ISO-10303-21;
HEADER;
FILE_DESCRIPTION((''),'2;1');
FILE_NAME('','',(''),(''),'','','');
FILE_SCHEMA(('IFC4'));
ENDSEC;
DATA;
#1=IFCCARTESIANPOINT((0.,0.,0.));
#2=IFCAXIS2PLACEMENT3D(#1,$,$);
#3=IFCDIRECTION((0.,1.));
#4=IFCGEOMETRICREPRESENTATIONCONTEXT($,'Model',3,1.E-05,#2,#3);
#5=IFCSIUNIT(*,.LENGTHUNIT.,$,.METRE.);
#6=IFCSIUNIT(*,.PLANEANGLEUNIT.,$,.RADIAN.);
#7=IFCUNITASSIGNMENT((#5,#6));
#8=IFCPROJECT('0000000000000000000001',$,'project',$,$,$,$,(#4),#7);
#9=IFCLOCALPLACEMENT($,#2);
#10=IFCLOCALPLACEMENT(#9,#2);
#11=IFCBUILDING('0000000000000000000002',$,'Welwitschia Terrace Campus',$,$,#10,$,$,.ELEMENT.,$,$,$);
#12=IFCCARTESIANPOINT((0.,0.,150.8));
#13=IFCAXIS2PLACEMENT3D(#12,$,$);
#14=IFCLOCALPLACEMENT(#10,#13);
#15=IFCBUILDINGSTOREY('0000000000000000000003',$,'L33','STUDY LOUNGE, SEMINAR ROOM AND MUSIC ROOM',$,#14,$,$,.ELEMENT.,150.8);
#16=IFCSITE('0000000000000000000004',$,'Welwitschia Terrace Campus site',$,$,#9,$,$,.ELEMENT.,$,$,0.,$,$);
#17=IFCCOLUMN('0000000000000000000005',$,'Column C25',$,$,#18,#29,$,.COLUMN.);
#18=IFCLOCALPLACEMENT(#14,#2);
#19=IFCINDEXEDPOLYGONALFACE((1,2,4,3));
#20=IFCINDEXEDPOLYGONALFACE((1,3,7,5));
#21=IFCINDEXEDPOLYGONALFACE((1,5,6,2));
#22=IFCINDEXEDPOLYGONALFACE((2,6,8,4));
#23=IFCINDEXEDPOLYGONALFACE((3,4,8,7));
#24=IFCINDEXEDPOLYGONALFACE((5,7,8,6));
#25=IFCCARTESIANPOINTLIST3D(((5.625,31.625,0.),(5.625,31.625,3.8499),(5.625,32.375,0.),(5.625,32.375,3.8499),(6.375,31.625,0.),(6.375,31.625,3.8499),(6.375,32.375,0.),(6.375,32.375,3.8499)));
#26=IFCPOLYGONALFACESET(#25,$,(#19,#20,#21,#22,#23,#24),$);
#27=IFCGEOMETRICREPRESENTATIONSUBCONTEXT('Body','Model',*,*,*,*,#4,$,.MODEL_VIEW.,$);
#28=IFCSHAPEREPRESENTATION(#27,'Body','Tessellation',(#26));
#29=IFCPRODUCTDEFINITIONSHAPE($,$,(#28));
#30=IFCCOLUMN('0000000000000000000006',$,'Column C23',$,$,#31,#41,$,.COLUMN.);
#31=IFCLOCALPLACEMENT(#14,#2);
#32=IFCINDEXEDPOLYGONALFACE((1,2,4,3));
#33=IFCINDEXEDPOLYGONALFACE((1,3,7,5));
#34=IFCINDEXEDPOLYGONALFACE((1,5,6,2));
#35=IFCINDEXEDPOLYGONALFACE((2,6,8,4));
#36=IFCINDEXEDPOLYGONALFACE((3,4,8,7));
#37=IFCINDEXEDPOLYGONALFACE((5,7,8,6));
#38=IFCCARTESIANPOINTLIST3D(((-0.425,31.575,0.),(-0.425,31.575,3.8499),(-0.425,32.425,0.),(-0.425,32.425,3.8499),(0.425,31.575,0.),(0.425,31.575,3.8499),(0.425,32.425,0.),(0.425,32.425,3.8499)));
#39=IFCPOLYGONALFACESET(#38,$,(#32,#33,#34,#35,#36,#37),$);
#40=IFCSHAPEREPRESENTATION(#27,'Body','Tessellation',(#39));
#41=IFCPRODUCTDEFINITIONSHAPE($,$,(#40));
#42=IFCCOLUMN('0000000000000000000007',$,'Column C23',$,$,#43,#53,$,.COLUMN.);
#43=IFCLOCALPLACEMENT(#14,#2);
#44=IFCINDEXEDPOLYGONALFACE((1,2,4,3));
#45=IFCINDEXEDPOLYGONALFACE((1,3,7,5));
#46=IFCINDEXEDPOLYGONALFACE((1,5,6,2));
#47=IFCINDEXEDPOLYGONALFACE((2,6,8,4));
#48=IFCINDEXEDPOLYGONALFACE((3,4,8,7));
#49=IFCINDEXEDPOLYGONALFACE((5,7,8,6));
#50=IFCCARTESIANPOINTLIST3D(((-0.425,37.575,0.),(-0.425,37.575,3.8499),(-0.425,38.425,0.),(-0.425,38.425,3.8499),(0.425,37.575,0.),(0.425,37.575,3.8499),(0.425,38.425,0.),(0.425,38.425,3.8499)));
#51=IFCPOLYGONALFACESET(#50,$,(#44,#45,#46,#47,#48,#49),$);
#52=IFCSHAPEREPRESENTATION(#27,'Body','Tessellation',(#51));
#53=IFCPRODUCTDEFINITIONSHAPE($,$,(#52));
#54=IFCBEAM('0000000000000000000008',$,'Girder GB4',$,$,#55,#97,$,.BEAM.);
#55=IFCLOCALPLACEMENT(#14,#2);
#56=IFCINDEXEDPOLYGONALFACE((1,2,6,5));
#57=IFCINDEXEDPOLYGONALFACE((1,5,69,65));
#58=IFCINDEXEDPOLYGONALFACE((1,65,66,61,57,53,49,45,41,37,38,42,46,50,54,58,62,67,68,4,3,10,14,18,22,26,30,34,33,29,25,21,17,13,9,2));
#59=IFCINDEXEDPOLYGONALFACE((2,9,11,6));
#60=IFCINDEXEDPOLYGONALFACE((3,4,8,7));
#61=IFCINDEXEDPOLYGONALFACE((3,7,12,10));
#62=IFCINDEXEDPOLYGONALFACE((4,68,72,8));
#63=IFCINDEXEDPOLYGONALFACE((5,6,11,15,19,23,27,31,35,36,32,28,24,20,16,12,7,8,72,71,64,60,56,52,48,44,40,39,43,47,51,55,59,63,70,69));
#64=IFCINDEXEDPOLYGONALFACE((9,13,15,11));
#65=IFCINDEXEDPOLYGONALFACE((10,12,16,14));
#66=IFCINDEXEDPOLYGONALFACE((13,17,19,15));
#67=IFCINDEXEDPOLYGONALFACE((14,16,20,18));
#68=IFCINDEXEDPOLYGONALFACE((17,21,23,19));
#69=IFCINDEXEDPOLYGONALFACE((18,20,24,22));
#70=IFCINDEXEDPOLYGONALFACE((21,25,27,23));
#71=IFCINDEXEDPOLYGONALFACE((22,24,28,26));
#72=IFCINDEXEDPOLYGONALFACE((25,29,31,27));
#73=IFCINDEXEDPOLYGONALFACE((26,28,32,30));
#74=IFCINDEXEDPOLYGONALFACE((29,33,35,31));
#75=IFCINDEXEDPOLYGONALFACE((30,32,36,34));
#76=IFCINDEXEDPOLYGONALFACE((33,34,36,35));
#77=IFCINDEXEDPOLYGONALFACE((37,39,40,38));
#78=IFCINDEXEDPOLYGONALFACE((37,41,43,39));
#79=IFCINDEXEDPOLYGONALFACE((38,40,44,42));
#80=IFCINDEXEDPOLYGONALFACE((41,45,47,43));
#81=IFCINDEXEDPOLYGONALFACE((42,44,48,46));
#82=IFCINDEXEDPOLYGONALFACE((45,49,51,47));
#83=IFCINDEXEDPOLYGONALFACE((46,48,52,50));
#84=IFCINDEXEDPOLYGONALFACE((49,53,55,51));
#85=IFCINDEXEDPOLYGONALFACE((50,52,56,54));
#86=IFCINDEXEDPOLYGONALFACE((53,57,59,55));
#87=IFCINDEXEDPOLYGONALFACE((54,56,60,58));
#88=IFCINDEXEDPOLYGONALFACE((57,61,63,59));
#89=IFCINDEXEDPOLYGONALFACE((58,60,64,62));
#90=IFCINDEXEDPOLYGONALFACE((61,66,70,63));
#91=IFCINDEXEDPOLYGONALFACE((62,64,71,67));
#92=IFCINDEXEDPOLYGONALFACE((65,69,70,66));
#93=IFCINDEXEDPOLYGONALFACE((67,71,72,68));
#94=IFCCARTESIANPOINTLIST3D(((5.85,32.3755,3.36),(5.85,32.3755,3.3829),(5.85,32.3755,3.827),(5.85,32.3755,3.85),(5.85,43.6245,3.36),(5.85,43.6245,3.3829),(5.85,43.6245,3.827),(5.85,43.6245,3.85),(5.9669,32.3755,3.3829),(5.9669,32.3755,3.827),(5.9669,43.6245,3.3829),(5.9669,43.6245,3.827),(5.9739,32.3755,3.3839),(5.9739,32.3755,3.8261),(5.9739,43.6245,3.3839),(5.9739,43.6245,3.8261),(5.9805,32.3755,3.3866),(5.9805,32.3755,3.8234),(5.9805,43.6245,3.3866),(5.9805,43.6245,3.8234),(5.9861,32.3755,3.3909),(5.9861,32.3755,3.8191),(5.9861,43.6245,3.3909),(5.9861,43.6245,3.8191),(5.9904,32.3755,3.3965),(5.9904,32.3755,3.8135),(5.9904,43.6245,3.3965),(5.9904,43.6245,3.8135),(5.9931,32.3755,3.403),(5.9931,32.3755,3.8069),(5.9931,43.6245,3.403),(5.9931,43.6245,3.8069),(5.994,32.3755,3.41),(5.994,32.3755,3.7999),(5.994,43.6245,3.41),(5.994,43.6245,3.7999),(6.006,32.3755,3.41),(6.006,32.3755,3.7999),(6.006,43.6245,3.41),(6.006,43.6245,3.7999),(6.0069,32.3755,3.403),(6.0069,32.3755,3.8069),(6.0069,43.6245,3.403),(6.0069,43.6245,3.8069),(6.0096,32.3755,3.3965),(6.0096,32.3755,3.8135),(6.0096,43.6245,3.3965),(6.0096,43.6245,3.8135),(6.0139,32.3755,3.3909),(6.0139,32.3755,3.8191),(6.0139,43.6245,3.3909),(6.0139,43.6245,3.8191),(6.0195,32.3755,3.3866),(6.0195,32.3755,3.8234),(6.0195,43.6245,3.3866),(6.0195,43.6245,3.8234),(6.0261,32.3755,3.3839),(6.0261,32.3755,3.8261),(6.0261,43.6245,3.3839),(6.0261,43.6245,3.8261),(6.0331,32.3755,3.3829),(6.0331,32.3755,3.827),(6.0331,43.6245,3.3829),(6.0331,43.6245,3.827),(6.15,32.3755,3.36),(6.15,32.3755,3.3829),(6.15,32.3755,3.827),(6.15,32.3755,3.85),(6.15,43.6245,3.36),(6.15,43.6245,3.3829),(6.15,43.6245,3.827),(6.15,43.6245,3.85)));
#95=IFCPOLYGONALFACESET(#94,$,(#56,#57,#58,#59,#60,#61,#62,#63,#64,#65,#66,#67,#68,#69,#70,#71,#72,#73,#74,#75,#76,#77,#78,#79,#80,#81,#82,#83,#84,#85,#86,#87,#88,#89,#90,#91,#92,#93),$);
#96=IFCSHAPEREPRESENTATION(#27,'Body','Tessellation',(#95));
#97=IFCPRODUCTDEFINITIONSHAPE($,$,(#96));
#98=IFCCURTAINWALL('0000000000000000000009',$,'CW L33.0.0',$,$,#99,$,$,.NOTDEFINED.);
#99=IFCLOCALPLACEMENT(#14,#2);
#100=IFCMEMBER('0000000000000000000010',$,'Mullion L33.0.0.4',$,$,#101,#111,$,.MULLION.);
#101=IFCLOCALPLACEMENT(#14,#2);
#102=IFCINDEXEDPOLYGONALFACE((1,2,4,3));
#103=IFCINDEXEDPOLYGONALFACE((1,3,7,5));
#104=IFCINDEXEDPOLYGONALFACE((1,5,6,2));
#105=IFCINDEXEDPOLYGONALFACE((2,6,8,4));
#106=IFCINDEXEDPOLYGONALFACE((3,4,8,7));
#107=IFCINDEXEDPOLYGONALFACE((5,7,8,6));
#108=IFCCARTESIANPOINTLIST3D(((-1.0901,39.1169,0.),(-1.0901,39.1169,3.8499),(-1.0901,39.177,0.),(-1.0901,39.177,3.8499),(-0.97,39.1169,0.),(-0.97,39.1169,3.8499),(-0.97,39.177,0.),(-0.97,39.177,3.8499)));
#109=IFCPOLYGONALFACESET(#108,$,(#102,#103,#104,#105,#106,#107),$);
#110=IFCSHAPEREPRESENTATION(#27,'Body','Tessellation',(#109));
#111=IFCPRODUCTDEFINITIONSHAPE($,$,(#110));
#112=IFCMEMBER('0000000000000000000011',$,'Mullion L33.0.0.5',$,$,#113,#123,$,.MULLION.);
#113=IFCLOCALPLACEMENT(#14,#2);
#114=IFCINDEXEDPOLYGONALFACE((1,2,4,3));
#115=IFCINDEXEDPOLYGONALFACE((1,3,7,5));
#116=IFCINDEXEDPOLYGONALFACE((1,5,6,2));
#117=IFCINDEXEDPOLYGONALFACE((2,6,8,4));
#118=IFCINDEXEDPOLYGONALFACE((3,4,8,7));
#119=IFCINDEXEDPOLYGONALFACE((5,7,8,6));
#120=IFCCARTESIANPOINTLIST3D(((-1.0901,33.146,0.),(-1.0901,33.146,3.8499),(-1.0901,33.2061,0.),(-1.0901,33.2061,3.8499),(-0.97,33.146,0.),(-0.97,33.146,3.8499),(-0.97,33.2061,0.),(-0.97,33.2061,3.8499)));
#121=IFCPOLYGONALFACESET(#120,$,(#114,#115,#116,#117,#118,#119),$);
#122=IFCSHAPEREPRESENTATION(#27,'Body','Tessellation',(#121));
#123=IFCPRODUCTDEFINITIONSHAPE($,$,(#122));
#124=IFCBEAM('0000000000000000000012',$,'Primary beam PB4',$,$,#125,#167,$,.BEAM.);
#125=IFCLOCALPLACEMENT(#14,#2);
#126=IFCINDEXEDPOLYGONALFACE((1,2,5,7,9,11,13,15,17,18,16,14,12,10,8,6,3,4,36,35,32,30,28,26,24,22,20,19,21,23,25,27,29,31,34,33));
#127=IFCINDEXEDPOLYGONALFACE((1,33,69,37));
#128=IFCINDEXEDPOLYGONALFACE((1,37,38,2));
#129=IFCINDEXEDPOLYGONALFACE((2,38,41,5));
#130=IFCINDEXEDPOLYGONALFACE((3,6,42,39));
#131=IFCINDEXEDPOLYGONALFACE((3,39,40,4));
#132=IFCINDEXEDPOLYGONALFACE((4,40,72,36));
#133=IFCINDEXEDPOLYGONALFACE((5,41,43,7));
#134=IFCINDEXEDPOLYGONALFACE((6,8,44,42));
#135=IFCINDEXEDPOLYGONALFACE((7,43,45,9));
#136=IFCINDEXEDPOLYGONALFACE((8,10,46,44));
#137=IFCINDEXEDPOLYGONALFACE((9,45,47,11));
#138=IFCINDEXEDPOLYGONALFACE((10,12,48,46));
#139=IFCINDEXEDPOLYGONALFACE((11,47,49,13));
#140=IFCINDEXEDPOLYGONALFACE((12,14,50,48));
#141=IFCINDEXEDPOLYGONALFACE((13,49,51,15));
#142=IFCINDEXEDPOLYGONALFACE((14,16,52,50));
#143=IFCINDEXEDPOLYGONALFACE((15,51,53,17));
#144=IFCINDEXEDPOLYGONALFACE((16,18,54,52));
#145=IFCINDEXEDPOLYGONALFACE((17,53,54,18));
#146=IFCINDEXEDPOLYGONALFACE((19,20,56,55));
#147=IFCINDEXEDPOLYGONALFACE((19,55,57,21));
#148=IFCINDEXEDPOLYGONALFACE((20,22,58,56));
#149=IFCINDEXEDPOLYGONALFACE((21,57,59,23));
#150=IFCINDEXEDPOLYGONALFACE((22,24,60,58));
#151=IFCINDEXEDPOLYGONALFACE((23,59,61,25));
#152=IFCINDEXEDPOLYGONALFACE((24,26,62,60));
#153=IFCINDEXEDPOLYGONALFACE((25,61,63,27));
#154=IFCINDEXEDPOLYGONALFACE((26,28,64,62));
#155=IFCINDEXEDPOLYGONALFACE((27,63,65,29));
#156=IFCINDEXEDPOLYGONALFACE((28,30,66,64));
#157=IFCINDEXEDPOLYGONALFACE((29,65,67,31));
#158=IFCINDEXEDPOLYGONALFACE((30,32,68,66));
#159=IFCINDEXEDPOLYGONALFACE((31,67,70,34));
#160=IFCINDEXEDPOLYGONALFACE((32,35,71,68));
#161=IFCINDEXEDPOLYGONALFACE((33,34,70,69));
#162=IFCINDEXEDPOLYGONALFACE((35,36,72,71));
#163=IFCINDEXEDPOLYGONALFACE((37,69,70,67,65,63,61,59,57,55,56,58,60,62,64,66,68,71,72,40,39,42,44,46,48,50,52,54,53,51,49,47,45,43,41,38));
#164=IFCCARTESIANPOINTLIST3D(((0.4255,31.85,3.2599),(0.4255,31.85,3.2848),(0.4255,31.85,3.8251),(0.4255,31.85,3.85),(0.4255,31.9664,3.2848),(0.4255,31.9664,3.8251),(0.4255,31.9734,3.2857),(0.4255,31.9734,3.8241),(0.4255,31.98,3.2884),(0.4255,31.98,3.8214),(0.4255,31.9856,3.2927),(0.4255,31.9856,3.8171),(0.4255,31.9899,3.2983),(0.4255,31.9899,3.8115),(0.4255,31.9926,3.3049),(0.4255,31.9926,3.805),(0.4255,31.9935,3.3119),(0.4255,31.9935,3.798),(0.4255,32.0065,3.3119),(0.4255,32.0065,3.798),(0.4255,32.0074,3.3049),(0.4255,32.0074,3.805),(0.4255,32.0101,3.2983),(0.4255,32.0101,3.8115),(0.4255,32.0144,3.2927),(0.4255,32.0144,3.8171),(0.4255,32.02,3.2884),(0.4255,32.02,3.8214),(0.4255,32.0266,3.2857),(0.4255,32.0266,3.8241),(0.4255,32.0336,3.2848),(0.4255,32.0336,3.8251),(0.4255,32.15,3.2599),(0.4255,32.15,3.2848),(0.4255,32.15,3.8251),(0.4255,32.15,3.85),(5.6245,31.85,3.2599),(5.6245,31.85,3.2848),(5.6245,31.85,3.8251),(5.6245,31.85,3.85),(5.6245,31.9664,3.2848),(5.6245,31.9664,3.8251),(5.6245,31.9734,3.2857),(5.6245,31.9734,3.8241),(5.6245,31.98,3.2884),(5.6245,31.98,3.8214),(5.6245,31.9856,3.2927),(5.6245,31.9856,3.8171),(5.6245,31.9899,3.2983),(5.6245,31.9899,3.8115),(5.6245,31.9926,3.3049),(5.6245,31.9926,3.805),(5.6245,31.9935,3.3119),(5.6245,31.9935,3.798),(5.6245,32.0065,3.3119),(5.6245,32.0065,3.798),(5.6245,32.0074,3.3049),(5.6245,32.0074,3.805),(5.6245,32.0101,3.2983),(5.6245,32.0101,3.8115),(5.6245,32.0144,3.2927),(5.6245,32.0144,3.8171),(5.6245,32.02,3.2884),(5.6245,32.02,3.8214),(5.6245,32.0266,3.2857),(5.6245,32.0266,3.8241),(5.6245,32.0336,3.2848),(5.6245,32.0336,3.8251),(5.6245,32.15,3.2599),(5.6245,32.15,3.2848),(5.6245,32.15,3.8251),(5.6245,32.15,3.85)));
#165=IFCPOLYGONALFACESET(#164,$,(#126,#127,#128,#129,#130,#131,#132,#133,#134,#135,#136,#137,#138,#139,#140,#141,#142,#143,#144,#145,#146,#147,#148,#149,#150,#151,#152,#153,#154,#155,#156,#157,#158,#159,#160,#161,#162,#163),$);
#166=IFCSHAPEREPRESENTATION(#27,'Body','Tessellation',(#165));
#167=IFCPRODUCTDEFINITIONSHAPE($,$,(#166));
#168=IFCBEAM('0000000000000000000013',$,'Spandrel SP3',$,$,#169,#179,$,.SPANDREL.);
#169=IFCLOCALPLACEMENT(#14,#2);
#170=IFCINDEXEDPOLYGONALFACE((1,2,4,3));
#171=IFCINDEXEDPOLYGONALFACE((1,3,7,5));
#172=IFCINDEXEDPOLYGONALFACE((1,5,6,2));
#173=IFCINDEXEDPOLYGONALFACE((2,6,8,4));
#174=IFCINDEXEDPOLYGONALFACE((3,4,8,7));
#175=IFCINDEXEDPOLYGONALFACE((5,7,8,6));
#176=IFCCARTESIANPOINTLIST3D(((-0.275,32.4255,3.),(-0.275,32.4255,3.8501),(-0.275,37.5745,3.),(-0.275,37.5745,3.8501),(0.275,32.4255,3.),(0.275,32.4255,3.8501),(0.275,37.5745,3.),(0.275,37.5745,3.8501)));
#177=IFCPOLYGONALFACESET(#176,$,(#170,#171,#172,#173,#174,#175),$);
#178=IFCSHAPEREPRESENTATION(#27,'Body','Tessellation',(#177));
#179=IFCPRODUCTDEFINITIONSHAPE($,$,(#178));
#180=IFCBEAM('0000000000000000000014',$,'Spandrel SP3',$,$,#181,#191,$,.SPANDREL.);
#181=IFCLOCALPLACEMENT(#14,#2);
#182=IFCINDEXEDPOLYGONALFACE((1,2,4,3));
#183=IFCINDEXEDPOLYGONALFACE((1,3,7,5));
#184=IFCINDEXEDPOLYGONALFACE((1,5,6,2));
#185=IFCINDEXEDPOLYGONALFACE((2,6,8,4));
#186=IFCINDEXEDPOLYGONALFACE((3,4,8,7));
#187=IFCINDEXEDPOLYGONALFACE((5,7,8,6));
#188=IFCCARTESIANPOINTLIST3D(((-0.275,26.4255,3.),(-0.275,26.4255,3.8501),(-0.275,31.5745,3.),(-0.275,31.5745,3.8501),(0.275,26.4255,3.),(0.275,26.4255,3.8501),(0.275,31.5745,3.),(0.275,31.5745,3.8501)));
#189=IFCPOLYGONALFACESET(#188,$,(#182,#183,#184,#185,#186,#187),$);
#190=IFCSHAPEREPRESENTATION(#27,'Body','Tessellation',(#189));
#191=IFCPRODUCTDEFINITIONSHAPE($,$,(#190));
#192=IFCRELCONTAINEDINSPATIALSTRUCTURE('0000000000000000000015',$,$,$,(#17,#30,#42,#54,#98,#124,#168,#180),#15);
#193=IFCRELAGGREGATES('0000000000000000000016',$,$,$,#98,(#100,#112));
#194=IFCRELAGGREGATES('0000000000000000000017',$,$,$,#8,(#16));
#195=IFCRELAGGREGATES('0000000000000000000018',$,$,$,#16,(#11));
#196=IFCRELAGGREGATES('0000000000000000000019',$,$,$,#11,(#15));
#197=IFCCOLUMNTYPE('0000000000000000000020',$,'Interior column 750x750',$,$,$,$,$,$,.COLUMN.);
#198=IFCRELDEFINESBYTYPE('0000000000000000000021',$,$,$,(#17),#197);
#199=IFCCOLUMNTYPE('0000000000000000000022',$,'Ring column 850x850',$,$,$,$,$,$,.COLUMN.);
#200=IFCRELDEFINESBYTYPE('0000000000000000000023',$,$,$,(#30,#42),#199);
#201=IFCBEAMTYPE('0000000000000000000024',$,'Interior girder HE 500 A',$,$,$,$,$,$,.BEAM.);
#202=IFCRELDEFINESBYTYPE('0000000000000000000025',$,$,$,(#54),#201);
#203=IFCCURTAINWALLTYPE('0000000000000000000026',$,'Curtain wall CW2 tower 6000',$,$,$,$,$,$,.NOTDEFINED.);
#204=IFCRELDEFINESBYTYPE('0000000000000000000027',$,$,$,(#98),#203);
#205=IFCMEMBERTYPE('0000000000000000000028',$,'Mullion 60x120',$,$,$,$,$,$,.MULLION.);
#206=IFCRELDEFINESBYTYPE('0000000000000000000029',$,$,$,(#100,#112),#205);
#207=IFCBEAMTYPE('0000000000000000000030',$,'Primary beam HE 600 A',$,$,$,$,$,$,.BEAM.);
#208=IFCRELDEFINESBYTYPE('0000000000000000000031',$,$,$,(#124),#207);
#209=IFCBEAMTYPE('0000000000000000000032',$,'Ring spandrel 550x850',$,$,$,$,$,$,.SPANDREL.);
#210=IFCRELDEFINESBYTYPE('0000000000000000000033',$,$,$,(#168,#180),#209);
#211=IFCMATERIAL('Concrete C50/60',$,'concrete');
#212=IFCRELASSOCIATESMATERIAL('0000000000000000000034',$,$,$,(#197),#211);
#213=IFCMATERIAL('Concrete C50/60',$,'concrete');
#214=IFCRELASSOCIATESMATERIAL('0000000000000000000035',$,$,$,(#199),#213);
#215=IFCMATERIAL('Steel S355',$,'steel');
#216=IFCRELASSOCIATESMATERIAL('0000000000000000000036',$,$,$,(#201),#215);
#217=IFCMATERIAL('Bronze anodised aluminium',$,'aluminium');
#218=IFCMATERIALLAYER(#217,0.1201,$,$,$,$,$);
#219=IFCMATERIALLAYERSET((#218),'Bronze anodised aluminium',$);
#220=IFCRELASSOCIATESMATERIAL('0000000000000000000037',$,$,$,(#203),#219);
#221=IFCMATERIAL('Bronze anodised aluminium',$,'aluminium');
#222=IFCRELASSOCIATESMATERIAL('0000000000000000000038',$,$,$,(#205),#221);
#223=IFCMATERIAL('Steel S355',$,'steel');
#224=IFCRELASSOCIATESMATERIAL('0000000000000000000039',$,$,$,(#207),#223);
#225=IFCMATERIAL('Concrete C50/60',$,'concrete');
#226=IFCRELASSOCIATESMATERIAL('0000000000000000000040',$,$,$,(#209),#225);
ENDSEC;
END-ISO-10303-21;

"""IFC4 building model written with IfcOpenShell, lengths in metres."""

from ifc_helpers import new_model, si_unit, direction, frame, origin, origin_2d, place, context, subcontext, project, spatial, rectangle, i_section, extrude, material, layer, layer_set, material_profile, profile_set, type_object, element, aggregate, save


model = new_model("IFC4")

# Units and contexts
model_context = context("Model", 3, precision=1e-05, world=origin(), true_north=direction((0.0, 1.0)))
body_context = subcontext(model_context, "Body", "Model", "MODEL_VIEW")
ifc_project = project(units=[si_unit("LENGTHUNIT", "METRE"), si_unit("PLANEANGLEUNIT", "RADIAN")], contexts=[model_context])

# Site, building, storey
site_placement = place(None, origin())
site = spatial("IfcSite", under=ifc_project, at=site_placement, Name="Welwitschia Terrace Campus site", CompositionType="ELEMENT", RefElevation=0.0)
building_placement = place(site_placement, origin())
building = spatial("IfcBuilding", under=site, at=building_placement, Name="Welwitschia Terrace Campus", CompositionType="ELEMENT")
storey_placement = place(building_placement, frame((0.0, 0.0, 150.8)))
storey = spatial("IfcBuildingStorey", under=building, at=storey_placement, Name="L33", Description="STUDY LOUNGE, SEMINAR ROOM AND MUSIC ROOM", CompositionType="ELEMENT", Elevation=150.8)

# Columns
ifc_material_1 = material(Name="Concrete C50/60", Category="concrete")
ifc_material_profile_1 = material_profile(ifc_material_1, rectangle(XDim=0.75, YDim=0.75, at=origin_2d()))
ifc_profile_set_1 = profile_set([ifc_material_profile_1], Name="Concrete C50/60")
column_type_1 = type_object("IfcColumnType", Name="Interior column 750x750", PredefinedType="COLUMN", material=ifc_profile_set_1)
column_placement = place(storey_placement, frame((6.0, 32.0, 0.0), z_axis=(0.0, 0.0, 1.0), x_axis=(1.0, 0.0, 0.0)))
element("IfcColumn", 1, at=column_placement, inside=storey, type_object=column_type_1, Name="Column C25", PredefinedType="COLUMN", context=body_context, shape_type="SweptSolid", body=[
    extrude(rectangle(XDim=0.75, YDim=0.75, at=origin_2d()), origin(), (0.0, 0.0, 1.0), 3.8499),
])
ifc_material_2 = material(Name="Concrete C50/60", Category="concrete")
ifc_material_profile_2 = material_profile(ifc_material_2, rectangle(XDim=0.8501, YDim=0.8501, at=origin_2d()))
ifc_profile_set_2 = profile_set([ifc_material_profile_2], Name="Concrete C50/60")
column_type_2 = type_object("IfcColumnType", Name="Ring column 850x850", PredefinedType="COLUMN", material=ifc_profile_set_2)
for number, where, z_axis, x_axis, name in (
    (2, (0.0, 32.0, 0.0), (0.0, 0.0, 1.0), (1.0, 0.0, 0.0), "Column C23"),
    (3, (0.0, 38.0, 0.0), (0.0, 0.0, 1.0), (1.0, 0.0, 0.0), "Column C23"),
):
    element("IfcColumn", number, at=place(storey_placement, frame(where, z_axis=z_axis, x_axis=x_axis)), inside=storey, type_object=column_type_2, Name=name, PredefinedType="COLUMN", context=body_context, shape_type="SweptSolid", body=[
        extrude(rectangle(XDim=0.8501, YDim=0.8501, at=origin_2d()), origin(), (0.0, 0.0, 1.0), 3.8499),
    ])

# Beam
ifc_material_3 = material(Name="Steel S355", Category="steel")
ifc_material_profile_3 = material_profile(ifc_material_3, i_section(OverallWidth=0.3, OverallDepth=0.49, WebThickness=0.012, FlangeThickness=0.0229, FilletRadius=0.0271, at=origin_2d()))
ifc_profile_set_3 = profile_set([ifc_material_profile_3], Name="Steel S355")
beam_type_1 = type_object("IfcBeamType", Name="Interior girder HE 500 A", PredefinedType="BEAM", material=ifc_profile_set_3)
beam_1_placement = place(storey_placement, frame((6.0, 32.3755, 3.605), z_axis=(0.0, 1.0, 0.0), x_axis=(-1.0, 0.0, 0.0)))
element("IfcBeam", 4, at=beam_1_placement, inside=storey, type_object=beam_type_1, Name="Girder GB4", PredefinedType="BEAM", context=body_context, shape_type="SweptSolid", body=[
    extrude(i_section(OverallWidth=0.3, OverallDepth=0.49, WebThickness=0.012, FlangeThickness=0.0229, FilletRadius=0.0271, at=origin_2d()), origin(), (0.0, 0.0, 1.0), 11.249),
])

# Curtain wall, members
ifc_material_4 = material(Name="Bronze anodised aluminium", Category="aluminium")
ifc_layer_1 = layer(ifc_material_4, 0.1201)
ifc_layer_set_1 = layer_set([ifc_layer_1], Name="Bronze anodised aluminium")
curtain_wall_type = type_object("IfcCurtainWallType", Name="Curtain wall CW2 tower 6000", PredefinedType="NOTDEFINED", material=ifc_layer_set_1)
curtain_wall_placement = place(storey_placement, origin())
curtain_wall = element("IfcCurtainWall", 5, at=curtain_wall_placement, inside=storey, type_object=curtain_wall_type, Name="CW L33.0.0", PredefinedType="NOTDEFINED")
ifc_material_5 = material(Name="Bronze anodised aluminium", Category="aluminium")
ifc_material_profile_4 = material_profile(ifc_material_5, rectangle(XDim=0.1201, YDim=0.0601, at=origin_2d()))
ifc_profile_set_4 = profile_set([ifc_material_profile_4], Name="Bronze anodised aluminium")
member_type = type_object("IfcMemberType", Name="Mullion 60x120", PredefinedType="MULLION", material=ifc_profile_set_4)
member_1_placement = place(storey_placement, frame((-1.03, 39.147, 0.0), z_axis=(0.0, 0.0, 1.0), x_axis=(1.0, 0.0, 0.0)))
member_1 = element("IfcMember", 6, at=member_1_placement, type_object=member_type, Name="Mullion L33.0.0.4", PredefinedType="MULLION", context=body_context, shape_type="SweptSolid", body=[
    extrude(rectangle(XDim=0.1201, YDim=0.0601, at=origin_2d()), origin(), (0.0, 0.0, 1.0), 3.8499),
])
member_2_placement = place(storey_placement, frame((-1.03, 33.176, 0.0), z_axis=(0.0, 0.0, 1.0), x_axis=(1.0, 0.0, 0.0)))
member_2 = element("IfcMember", 7, at=member_2_placement, type_object=member_type, Name="Mullion L33.0.0.5", PredefinedType="MULLION", context=body_context, shape_type="SweptSolid", body=[
    extrude(rectangle(XDim=0.1201, YDim=0.0601, at=origin_2d()), origin(), (0.0, 0.0, 1.0), 3.8499),
])

# Beams
ifc_material_6 = material(Name="Steel S355", Category="steel")
ifc_material_profile_5 = material_profile(ifc_material_6, i_section(OverallWidth=0.3, OverallDepth=0.5901, WebThickness=0.0129, FlangeThickness=0.0249, FilletRadius=0.0271, at=origin_2d()))
ifc_profile_set_5 = profile_set([ifc_material_profile_5], Name="Steel S355")
beam_type_2 = type_object("IfcBeamType", Name="Primary beam HE 600 A", PredefinedType="BEAM", material=ifc_profile_set_5)
beam_2_placement = place(storey_placement, frame((0.4255, 32.0, 3.5549), z_axis=(1.0, 0.0, 0.0), x_axis=(0.0, 1.0, 0.0)))
element("IfcBeam", 8, at=beam_2_placement, inside=storey, type_object=beam_type_2, Name="Primary beam PB4", PredefinedType="BEAM", context=body_context, shape_type="SweptSolid", body=[
    extrude(i_section(OverallWidth=0.3, OverallDepth=0.5901, WebThickness=0.0129, FlangeThickness=0.0249, FilletRadius=0.0271, at=origin_2d()), origin(), (0.0, 0.0, 1.0), 5.199),
])
ifc_material_7 = material(Name="Concrete C50/60", Category="concrete")
ifc_material_profile_6 = material_profile(ifc_material_7, rectangle(XDim=0.55, YDim=0.8501, at=origin_2d()))
ifc_profile_set_6 = profile_set([ifc_material_profile_6], Name="Concrete C50/60")
beam_type_3 = type_object("IfcBeamType", Name="Ring spandrel 550x850", PredefinedType="SPANDREL", material=ifc_profile_set_6)
for number, where, z_axis, x_axis, name in (
    (9, (0.0, 37.5745, 3.425), (0.0, -1.0, 0.0), (1.0, 0.0, 0.0), "Spandrel SP3"),
    (10, (0.0, 31.5745, 3.425), (0.0, -1.0, 0.0), (1.0, 0.0, 0.0), "Spandrel SP3"),
):
    element("IfcBeam", number, at=place(storey_placement, frame(where, z_axis=z_axis, x_axis=x_axis)), inside=storey, type_object=beam_type_3, Name=name, PredefinedType="SPANDREL", context=body_context, shape_type="SweptSolid", body=[
        extrude(rectangle(XDim=0.55, YDim=0.8501, at=origin_2d()), origin(), (0.0, 0.0, 1.0), 5.1489),
    ])

aggregate(curtain_wall, [member_1, member_2])

save(model, "model.ifc")
